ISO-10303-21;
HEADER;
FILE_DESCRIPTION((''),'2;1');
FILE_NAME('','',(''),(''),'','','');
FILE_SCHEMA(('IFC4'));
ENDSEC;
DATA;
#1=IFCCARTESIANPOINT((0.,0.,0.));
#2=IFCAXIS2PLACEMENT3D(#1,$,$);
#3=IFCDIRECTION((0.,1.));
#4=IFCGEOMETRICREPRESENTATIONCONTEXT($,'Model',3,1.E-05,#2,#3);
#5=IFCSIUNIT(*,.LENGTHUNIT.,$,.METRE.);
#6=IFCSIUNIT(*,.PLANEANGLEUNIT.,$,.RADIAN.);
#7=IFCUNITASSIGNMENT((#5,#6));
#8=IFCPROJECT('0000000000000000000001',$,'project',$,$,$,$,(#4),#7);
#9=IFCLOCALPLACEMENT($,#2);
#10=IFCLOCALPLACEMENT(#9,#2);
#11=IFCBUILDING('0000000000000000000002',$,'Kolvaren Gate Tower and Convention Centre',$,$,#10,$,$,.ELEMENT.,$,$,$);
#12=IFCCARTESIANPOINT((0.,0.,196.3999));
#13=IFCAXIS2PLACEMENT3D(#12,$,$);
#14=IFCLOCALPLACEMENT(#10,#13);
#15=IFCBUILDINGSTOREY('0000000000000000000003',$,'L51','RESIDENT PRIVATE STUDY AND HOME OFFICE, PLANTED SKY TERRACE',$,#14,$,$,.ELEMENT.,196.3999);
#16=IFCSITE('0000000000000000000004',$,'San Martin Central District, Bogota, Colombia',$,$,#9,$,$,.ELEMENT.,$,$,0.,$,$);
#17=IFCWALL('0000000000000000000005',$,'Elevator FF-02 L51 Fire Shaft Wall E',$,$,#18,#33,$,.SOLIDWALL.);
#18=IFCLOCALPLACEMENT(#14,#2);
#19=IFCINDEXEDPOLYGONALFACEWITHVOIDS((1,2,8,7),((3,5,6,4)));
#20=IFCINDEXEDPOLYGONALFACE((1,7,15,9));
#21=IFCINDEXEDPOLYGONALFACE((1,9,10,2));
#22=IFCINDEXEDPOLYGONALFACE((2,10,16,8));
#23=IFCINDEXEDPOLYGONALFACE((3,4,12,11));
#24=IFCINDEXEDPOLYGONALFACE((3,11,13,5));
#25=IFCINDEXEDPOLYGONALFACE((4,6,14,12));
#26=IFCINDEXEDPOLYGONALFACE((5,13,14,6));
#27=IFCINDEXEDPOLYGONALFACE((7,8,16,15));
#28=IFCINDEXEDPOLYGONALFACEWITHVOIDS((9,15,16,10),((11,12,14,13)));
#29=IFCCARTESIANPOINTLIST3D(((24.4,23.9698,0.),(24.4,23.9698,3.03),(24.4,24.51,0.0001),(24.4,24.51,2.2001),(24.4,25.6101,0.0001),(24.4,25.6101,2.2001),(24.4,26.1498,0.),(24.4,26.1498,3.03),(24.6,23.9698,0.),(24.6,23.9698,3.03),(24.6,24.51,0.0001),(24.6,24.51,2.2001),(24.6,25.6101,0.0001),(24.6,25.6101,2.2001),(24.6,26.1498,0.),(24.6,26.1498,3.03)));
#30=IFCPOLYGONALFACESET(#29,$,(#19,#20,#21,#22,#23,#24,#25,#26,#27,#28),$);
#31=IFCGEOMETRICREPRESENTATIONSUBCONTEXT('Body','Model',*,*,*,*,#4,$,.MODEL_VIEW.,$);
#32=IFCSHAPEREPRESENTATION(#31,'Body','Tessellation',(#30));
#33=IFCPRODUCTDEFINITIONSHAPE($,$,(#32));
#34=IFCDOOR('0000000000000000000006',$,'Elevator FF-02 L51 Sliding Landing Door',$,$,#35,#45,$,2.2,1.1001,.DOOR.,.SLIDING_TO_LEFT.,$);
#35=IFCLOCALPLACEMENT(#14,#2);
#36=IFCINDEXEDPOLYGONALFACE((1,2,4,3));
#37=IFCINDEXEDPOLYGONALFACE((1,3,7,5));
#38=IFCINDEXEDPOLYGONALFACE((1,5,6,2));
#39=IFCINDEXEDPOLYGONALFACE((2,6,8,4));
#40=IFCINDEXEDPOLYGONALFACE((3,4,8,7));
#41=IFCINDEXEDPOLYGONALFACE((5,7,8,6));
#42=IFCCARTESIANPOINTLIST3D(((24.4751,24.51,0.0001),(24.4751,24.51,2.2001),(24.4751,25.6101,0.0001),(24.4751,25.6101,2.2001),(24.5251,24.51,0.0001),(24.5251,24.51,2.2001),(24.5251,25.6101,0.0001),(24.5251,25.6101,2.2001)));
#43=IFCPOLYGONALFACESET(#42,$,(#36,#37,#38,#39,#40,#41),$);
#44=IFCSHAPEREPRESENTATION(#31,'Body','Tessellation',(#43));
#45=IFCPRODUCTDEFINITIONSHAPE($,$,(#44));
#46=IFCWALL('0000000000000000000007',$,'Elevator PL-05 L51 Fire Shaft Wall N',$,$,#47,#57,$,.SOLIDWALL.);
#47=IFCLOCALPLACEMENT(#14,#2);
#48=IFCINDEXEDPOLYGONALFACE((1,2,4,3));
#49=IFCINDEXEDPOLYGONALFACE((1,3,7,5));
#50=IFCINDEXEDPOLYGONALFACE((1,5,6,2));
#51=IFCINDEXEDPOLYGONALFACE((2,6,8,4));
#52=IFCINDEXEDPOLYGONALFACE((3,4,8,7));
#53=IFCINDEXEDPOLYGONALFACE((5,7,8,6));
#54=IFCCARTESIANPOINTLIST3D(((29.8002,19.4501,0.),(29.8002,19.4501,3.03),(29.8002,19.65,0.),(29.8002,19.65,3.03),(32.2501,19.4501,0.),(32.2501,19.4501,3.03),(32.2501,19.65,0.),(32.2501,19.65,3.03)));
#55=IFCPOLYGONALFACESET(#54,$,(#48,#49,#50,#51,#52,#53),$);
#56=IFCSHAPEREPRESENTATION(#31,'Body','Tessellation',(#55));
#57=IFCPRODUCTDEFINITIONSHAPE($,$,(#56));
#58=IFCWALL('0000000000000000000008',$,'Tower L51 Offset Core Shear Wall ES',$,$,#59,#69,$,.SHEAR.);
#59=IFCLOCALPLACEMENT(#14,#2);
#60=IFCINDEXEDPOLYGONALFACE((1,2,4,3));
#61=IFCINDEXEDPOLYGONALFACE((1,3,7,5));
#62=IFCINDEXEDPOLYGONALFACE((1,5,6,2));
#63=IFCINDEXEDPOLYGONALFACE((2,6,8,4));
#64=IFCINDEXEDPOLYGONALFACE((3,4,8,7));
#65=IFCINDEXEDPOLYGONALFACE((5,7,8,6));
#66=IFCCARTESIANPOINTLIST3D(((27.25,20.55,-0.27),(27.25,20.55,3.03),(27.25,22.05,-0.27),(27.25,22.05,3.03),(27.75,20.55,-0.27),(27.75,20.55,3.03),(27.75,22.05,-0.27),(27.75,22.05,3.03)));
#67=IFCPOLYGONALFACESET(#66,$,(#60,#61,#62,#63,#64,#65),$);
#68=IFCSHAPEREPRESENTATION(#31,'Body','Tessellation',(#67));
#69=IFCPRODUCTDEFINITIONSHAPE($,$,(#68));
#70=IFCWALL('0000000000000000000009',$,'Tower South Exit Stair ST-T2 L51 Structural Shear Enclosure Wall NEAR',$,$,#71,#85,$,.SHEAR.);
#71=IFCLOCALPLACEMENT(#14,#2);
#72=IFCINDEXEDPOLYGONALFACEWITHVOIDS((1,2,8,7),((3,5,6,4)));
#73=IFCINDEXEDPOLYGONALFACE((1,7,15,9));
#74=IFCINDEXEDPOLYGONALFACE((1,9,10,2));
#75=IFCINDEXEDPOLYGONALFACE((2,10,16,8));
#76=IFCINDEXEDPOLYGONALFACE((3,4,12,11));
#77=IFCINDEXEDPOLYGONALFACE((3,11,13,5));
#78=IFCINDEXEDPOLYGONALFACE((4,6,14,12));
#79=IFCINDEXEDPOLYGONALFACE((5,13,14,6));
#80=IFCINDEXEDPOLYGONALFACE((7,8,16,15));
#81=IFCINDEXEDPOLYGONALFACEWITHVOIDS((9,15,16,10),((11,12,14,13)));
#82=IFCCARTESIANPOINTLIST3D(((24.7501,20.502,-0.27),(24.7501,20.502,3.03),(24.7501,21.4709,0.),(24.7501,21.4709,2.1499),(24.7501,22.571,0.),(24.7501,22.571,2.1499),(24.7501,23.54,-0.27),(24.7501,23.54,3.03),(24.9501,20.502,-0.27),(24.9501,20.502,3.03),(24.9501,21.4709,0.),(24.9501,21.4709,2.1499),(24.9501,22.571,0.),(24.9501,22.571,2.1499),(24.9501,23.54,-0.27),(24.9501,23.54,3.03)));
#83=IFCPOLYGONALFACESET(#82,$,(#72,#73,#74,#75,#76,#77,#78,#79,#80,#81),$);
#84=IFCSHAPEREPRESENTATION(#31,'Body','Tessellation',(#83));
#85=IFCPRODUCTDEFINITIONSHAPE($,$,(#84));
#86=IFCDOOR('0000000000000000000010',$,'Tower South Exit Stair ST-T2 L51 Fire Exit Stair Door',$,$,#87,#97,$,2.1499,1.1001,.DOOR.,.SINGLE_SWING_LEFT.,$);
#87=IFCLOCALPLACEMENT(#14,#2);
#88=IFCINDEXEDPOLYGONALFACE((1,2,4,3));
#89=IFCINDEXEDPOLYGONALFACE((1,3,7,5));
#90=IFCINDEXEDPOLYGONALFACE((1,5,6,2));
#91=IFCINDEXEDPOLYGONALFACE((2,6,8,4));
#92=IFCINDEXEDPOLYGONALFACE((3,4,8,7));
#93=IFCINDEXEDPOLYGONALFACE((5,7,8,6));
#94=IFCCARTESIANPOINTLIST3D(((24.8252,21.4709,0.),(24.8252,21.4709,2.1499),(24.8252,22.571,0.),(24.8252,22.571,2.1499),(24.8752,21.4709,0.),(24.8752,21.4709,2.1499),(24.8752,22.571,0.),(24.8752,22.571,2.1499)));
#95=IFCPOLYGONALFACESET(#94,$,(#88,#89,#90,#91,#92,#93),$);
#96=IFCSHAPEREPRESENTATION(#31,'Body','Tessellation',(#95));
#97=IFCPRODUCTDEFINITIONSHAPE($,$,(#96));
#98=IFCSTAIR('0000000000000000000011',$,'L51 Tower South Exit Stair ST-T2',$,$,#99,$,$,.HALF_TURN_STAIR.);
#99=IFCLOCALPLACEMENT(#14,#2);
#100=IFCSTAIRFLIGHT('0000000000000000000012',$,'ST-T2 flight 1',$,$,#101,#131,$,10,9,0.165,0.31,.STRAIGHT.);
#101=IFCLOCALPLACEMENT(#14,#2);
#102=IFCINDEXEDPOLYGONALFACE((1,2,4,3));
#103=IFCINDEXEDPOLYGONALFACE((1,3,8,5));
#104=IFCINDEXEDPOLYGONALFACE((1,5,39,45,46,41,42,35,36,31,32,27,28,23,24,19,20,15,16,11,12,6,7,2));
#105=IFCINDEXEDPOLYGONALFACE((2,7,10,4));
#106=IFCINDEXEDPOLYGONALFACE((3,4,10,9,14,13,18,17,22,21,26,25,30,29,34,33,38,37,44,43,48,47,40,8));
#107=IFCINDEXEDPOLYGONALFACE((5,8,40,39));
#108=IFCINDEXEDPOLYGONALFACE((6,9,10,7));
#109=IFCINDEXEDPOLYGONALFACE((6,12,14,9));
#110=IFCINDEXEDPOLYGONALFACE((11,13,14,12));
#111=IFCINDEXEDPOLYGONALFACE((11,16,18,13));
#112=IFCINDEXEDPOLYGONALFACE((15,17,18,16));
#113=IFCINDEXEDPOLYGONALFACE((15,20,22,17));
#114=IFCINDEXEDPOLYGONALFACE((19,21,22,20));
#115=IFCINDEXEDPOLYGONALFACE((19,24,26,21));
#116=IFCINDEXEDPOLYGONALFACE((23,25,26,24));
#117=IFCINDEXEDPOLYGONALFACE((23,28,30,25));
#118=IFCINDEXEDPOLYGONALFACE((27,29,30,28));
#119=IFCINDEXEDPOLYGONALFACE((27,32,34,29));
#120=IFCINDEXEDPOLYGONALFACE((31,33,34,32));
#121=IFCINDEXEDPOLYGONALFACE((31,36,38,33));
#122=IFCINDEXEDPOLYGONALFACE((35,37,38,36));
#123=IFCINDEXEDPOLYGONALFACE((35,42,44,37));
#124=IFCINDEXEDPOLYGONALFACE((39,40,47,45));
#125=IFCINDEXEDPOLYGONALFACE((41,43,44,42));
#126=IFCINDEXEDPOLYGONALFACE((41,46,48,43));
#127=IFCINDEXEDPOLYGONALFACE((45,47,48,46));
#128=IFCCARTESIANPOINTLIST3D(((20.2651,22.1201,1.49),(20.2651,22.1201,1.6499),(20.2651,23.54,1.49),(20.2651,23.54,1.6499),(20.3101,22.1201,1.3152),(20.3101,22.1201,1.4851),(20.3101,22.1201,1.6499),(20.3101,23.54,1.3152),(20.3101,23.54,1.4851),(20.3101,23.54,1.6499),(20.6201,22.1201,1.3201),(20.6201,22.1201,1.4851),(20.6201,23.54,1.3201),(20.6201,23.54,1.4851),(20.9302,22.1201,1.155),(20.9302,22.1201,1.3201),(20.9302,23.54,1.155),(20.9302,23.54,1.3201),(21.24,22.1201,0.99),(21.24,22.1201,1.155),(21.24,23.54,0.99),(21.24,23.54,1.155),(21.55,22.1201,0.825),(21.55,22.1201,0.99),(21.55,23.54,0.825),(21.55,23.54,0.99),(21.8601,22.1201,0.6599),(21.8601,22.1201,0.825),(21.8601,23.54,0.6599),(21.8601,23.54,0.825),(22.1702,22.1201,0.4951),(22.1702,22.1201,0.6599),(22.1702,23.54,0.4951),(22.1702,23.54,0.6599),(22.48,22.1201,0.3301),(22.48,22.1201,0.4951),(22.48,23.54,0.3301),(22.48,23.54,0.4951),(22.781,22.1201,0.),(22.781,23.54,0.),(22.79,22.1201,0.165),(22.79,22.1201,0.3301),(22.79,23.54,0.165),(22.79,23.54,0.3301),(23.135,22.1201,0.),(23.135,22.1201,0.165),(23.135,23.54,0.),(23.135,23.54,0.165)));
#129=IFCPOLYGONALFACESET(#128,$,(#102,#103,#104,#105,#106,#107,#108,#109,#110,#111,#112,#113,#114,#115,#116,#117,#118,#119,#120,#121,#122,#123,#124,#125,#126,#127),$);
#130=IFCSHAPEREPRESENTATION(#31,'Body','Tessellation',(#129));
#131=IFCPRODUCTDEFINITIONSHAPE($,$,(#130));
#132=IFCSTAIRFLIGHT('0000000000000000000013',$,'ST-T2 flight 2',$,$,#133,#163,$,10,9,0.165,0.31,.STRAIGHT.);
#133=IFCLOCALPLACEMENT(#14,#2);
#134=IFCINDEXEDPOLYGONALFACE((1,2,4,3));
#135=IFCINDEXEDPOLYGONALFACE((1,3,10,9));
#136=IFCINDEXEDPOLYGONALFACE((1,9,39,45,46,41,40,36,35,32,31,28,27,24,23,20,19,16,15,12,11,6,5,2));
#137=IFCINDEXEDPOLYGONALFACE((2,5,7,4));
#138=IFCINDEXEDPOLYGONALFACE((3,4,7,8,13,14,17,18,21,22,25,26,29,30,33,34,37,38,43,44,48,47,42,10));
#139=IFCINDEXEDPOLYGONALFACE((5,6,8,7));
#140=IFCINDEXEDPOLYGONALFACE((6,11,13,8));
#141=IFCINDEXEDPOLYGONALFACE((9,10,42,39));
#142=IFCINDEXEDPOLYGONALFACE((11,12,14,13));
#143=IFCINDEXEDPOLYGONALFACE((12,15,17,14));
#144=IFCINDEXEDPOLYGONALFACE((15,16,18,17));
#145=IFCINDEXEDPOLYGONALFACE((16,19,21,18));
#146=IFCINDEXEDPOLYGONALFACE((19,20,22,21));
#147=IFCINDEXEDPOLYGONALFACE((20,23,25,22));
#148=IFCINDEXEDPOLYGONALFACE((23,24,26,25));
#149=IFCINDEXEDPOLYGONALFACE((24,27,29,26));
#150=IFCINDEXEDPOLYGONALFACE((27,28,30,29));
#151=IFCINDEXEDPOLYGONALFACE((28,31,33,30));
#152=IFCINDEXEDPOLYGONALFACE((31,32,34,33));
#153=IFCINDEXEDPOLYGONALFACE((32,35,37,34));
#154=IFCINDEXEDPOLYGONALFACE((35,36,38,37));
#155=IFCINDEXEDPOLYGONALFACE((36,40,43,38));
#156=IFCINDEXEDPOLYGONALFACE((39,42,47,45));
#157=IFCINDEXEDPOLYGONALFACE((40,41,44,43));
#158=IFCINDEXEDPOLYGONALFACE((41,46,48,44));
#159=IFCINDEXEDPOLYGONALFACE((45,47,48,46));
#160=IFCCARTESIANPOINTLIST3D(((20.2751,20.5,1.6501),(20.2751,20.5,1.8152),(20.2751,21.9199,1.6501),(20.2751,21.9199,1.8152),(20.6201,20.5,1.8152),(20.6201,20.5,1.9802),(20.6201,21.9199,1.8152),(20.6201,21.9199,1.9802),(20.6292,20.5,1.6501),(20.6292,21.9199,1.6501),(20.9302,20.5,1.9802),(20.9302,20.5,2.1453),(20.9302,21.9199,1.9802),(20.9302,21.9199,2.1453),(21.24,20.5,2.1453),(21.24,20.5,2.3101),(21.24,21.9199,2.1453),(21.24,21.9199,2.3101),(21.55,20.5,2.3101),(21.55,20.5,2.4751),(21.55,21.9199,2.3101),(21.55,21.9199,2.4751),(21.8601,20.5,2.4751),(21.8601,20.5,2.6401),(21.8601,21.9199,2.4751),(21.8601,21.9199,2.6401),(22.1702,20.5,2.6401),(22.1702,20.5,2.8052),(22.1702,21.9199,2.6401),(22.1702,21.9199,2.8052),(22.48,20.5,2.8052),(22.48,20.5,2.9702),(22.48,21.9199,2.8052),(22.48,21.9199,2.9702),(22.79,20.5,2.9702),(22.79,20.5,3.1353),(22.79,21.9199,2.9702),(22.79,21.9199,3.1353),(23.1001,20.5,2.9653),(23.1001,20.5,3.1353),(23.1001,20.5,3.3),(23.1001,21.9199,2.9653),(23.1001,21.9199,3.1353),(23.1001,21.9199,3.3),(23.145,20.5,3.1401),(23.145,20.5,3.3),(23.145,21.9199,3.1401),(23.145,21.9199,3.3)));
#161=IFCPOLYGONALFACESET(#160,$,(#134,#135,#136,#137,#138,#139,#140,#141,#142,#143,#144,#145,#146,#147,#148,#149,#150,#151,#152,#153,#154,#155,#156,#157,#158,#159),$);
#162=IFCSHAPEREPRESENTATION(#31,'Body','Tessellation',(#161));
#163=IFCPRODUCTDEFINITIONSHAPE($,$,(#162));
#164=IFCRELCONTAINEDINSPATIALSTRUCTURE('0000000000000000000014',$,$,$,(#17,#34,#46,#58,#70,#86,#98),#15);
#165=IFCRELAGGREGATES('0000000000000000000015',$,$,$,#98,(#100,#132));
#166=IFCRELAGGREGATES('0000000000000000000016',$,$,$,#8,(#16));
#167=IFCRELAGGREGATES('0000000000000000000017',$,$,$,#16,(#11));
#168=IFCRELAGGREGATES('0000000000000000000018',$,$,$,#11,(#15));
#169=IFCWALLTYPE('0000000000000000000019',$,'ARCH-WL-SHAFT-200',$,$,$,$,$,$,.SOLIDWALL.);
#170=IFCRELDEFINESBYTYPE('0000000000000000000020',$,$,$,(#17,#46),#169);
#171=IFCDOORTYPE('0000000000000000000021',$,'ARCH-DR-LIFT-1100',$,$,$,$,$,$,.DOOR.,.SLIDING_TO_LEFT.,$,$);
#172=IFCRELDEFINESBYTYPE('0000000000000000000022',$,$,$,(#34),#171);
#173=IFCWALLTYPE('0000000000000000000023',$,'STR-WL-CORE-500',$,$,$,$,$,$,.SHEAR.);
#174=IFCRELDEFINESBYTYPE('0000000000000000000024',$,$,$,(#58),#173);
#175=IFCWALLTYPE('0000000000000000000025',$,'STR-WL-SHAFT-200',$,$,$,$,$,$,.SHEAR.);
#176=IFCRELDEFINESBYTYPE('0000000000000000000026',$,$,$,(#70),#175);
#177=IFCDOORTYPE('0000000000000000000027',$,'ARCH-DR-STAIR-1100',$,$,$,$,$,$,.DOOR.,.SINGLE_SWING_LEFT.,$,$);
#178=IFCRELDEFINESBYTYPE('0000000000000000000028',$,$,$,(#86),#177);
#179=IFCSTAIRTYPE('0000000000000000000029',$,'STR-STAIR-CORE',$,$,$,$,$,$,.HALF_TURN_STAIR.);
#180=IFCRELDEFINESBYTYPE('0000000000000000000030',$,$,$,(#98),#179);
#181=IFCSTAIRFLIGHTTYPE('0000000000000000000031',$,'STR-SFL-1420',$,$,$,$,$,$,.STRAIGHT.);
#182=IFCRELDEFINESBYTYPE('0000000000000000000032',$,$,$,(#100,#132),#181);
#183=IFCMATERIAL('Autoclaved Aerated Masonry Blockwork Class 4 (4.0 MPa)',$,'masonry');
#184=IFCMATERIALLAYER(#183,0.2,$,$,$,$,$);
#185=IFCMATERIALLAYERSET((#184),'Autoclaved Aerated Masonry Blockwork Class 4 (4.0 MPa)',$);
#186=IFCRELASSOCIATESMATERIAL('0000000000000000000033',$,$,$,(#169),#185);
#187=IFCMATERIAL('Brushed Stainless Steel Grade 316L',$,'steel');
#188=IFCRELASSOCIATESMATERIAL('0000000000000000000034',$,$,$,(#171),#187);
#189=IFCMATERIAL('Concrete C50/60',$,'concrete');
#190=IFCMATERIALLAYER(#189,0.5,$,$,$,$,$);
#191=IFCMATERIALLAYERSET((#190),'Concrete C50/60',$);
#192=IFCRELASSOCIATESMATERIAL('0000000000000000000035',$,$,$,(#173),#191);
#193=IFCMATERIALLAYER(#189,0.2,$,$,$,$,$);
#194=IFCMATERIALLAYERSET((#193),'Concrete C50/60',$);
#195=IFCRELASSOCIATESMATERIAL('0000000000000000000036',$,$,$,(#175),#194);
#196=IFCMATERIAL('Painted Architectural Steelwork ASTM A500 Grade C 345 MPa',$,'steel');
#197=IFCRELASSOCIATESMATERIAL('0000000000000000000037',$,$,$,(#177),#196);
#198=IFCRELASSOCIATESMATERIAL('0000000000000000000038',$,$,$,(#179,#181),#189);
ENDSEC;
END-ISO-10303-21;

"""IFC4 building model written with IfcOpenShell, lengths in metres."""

from ifc_helpers import new_model, si_unit, direction, frame, frame_2d, origin, place, context, subcontext, project, spatial, polyline, rectangle, outline, extrude, material, layer, layer_set, type_object, element, fill, aggregate, save


model = new_model("IFC4")

# Units and contexts
model_context = context("Model", 3, precision=1e-05, world=origin(), true_north=direction((0.0, 1.0)))
body_context = subcontext(model_context, "Body", "Model", "MODEL_VIEW")
ifc_project = project(units=[si_unit("LENGTHUNIT", "METRE"), si_unit("PLANEANGLEUNIT", "RADIAN")], contexts=[model_context])

# Site, building, storey
site_placement = place(None, origin())
site = spatial("IfcSite", under=ifc_project, at=site_placement, Name="San Martin Central District, Bogota, Colombia", CompositionType="ELEMENT", RefElevation=0.0)
building_placement = place(site_placement, origin())
building = spatial("IfcBuilding", under=site, at=building_placement, Name="Kolvaren Gate Tower and Convention Centre", CompositionType="ELEMENT")
storey_placement = place(building_placement, frame((0.0, 0.0, 196.3999)))
storey = spatial("IfcBuildingStorey", under=building, at=storey_placement, Name="L51", Description="RESIDENT PRIVATE STUDY AND HOME OFFICE, PLANTED SKY TERRACE", CompositionType="ELEMENT", Elevation=196.3999)

# Shared definitions
ifc_material_1 = material(Name="Autoclaved Aerated Masonry Blockwork Class 4 (4.0 MPa)", Category="masonry")

# Shared definitions
ifc_material_2 = material(Name="Painted Architectural Steelwork ASTM A500 Grade C 345 MPa", Category="steel")

# Shared definitions
ifc_layer_1 = layer(ifc_material_1, 0.2)
ifc_layer_set_1 = layer_set([ifc_layer_1], Name="Autoclaved Aerated Masonry Blockwork Class 4 (4.0 MPa)")
wall_type_1 = type_object("IfcWallType", Name="ARCH-WL-SHAFT-200", PredefinedType="SOLIDWALL", material=ifc_layer_set_1)

# Wall, opening, door
wall_1_placement = place(storey_placement, frame((24.5, 23.97, 0.0), z_axis=(0.0, 0.0, 1.0), x_axis=(0.0, 1.0, 0.0)))
wall_1 = element("IfcWall", 1, at=wall_1_placement, inside=storey, type_object=wall_type_1, Name="Elevator FF-02 L51 Fire Shaft Wall E", PredefinedType="SOLIDWALL", context=body_context, shape_type="SweptSolid", body=[
    extrude(rectangle(XDim=2.1799, YDim=0.2, at=frame_2d((1.0898, 0.0))), origin(), (0.0, 0.0, 1.0), 3.03),
])
opening_1_placement = place(wall_1_placement, frame((0.54, 0.0, 0.0)))
opening_1 = element("IfcOpeningElement", 2, at=opening_1_placement, cuts=wall_1, PredefinedType="OPENING", context=body_context, shape_type="SweptSolid", body=[
    extrude(rectangle(XDim=1.1001, YDim=2.2, at=frame_2d((0.55, 1.1001))), frame((0.0, 0.1099, 0.0), z_axis=(0.0, -1.0, 0.0), x_axis=(1.0, 0.0, 0.0)), (0.0, 0.0, 1.0), 0.22),
])
ifc_material_3 = material(Name="Brushed Stainless Steel Grade 316L", Category="steel")
door_type_1 = type_object("IfcDoorType", Name="ARCH-DR-LIFT-1100", OperationType="SLIDING_TO_LEFT", PredefinedType="DOOR", material=ifc_material_3)
door_1_placement = place(opening_1_placement, origin())
door_1 = element("IfcDoor", 3, at=door_1_placement, inside=storey, type_object=door_type_1, Name="Elevator FF-02 L51 Sliding Landing Door", OperationType="SLIDING_TO_LEFT", OverallHeight=2.2, OverallWidth=1.1001, PredefinedType="DOOR", context=body_context, shape_type="SweptSolid", body=[
    extrude(rectangle(XDim=1.1001, YDim=2.2, at=frame_2d((0.55, 1.1001))), frame((0.0, 0.0249, 0.0), z_axis=(0.0, -1.0, 0.0), x_axis=(1.0, 0.0, 0.0)), (0.0, 0.0, 1.0), 0.05),
])
fill(opening_1, door_1)

# Walls
wall_2_placement = place(storey_placement, frame((29.8, 19.55, 0.0), z_axis=(0.0, 0.0, 1.0), x_axis=(1.0, 0.0, 0.0)))
element("IfcWall", 4, at=wall_2_placement, inside=storey, type_object=wall_type_1, Name="Elevator PL-05 L51 Fire Shaft Wall N", PredefinedType="SOLIDWALL", context=body_context, shape_type="SweptSolid", body=[
    extrude(rectangle(XDim=2.45, YDim=0.2, at=frame_2d((1.2251, 0.0))), origin(), (0.0, 0.0, 1.0), 3.03),
])
ifc_material_4 = material(Name="Concrete C50/60", Category="concrete")
ifc_layer_2 = layer(ifc_material_4, 0.5)
ifc_layer_set_2 = layer_set([ifc_layer_2], Name="Concrete C50/60")
wall_type_2 = type_object("IfcWallType", Name="STR-WL-CORE-500", PredefinedType="SHEAR", material=ifc_layer_set_2)
wall_3_placement = place(storey_placement, frame((27.5, 20.55, -0.27), z_axis=(0.0, 0.0, 1.0), x_axis=(0.0, 1.0, 0.0)))
element("IfcWall", 5, at=wall_3_placement, inside=storey, type_object=wall_type_2, Name="Tower L51 Offset Core Shear Wall ES", PredefinedType="SHEAR", context=body_context, shape_type="SweptSolid", body=[
    extrude(rectangle(XDim=1.5, YDim=0.5, at=frame_2d((0.75, 0.0))), origin(), (0.0, 0.0, 1.0), 3.3),
])

# Wall, opening, door
ifc_layer_3 = layer(ifc_material_4, 0.2)
ifc_layer_set_3 = layer_set([ifc_layer_3], Name="Concrete C50/60")
wall_type_3 = type_object("IfcWallType", Name="STR-WL-SHAFT-200", PredefinedType="SHEAR", material=ifc_layer_set_3)
wall_4_placement = place(storey_placement, frame((24.8501, 20.502, -0.27), z_axis=(0.0, 0.0, 1.0), x_axis=(0.0, 1.0, 0.0)))
wall_4 = element("IfcWall", 6, at=wall_4_placement, inside=storey, type_object=wall_type_3, Name="Tower South Exit Stair ST-T2 L51 Structural Shear Enclosure Wall NEAR", PredefinedType="SHEAR", context=body_context, shape_type="SweptSolid", body=[
    extrude(rectangle(XDim=3.0381, YDim=0.2, at=frame_2d((1.519, 0.0))), origin(), (0.0, 0.0, 1.0), 3.3),
])
opening_2_placement = place(wall_4_placement, frame((0.969, 0.0, 0.27)))
opening_2 = element("IfcOpeningElement", 7, at=opening_2_placement, cuts=wall_4, PredefinedType="OPENING", context=body_context, shape_type="SweptSolid", body=[
    extrude(rectangle(XDim=1.1001, YDim=2.1499, at=frame_2d((0.55, 1.075))), frame((0.0, 0.1099, 0.0), z_axis=(0.0, -1.0, 0.0), x_axis=(1.0, 0.0, 0.0)), (0.0, 0.0, 1.0), 0.22),
])
door_type_2 = type_object("IfcDoorType", Name="ARCH-DR-STAIR-1100", OperationType="SINGLE_SWING_LEFT", PredefinedType="DOOR", material=ifc_material_2)
door_2_placement = place(opening_2_placement, origin())
door_2 = element("IfcDoor", 8, at=door_2_placement, inside=storey, type_object=door_type_2, Name="Tower South Exit Stair ST-T2 L51 Fire Exit Stair Door", OperationType="SINGLE_SWING_LEFT", OverallHeight=2.1499, OverallWidth=1.1001, PredefinedType="DOOR", context=body_context, shape_type="SweptSolid", body=[
    extrude(rectangle(XDim=1.1001, YDim=2.1499, at=frame_2d((0.55, 1.075))), frame((0.0, 0.0249, 0.0), z_axis=(0.0, -1.0, 0.0), x_axis=(1.0, 0.0, 0.0)), (0.0, 0.0, 1.0), 0.05),
])
fill(opening_2, door_2)

# Stair, stair flights
stair_type = type_object("IfcStairType", Name="STR-STAIR-CORE", PredefinedType="HALF_TURN_STAIR", material=ifc_material_4)
stair_placement = place(storey_placement, origin())
stair = element("IfcStair", 9, at=stair_placement, inside=storey, type_object=stair_type, Name="L51 Tower South Exit Stair ST-T2", PredefinedType="HALF_TURN_STAIR")
stair_flight_type = type_object("IfcStairFlightType", Name="STR-SFL-1420", PredefinedType="STRAIGHT", material=ifc_material_4)
stair_flight_1_placement = place(storey_placement, frame((23.1001, 22.8301, 0.0), z_axis=(0.0, 0.0, 1.0), x_axis=(-1.0, 0.0, 0.0)))
stair_flight_1 = element("IfcStairFlight", 10, at=stair_flight_1_placement, type_object=stair_flight_type, Name="ST-T2 flight 1", NumberOfRisers=10, NumberOfTreads=9, PredefinedType="STRAIGHT", RiserHeight=0.165, TreadLength=0.31, context=body_context, shape_type="SweptSolid", body=[
    extrude(outline(polyline([(-0.0349, 0.0), (-0.0349, 0.165), (0.3101, 0.165), (0.3101, 0.3301), (0.6201, 0.3301), (0.6201, 0.4951), (0.9299, 0.4951), (0.9299, 0.6599), (1.24, 0.6599), (1.24, 0.825), (1.55, 0.825), (1.55, 0.99), (1.8601, 0.99), (1.8601, 1.155), (2.1699, 1.155), (2.1699, 1.3201), (2.48, 1.3201), (2.48, 1.4851), (2.79, 1.4851), (2.79, 1.6499), (2.835, 1.6499), (2.835, 1.49), (2.79, 1.3152), (0.3191, 0.0), (-0.0349, 0.0)])), frame((0.0, 0.71, 0.0), z_axis=(0.0, -1.0, 0.0), x_axis=(1.0, 0.0, 0.0)), (0.0, 0.0, 1.0), 1.4199),
])
stair_flight_2_placement = place(storey_placement, frame((20.3101, 21.21, 1.6501), z_axis=(0.0, 0.0, 1.0), x_axis=(1.0, 0.0, 0.0)))
stair_flight_2 = element("IfcStairFlight", 11, at=stair_flight_2_placement, type_object=stair_flight_type, Name="ST-T2 flight 2", NumberOfRisers=10, NumberOfTreads=9, PredefinedType="STRAIGHT", RiserHeight=0.165, TreadLength=0.31, context=body_context, shape_type="SweptSolid", body=[
    extrude(outline(polyline([(-0.0349, 0.0), (-0.0349, 0.165), (0.3101, 0.165), (0.3101, 0.3301), (0.6201, 0.3301), (0.6201, 0.4951), (0.9299, 0.4951), (0.9299, 0.6599), (1.24, 0.6599), (1.24, 0.825), (1.55, 0.825), (1.55, 0.99), (1.8601, 0.99), (1.8601, 1.155), (2.1699, 1.155), (2.1699, 1.3201), (2.48, 1.3201), (2.48, 1.4851), (2.79, 1.4851), (2.79, 1.6499), (2.835, 1.6499), (2.835, 1.49), (2.79, 1.3152), (0.3191, 0.0), (-0.0349, 0.0)])), frame((0.0, 0.71, 0.0), z_axis=(0.0, -1.0, 0.0), x_axis=(1.0, 0.0, 0.0)), (0.0, 0.0, 1.0), 1.4199),
])
aggregate(stair, [stair_flight_1, stair_flight_2])

save(model, "model.ifc")
